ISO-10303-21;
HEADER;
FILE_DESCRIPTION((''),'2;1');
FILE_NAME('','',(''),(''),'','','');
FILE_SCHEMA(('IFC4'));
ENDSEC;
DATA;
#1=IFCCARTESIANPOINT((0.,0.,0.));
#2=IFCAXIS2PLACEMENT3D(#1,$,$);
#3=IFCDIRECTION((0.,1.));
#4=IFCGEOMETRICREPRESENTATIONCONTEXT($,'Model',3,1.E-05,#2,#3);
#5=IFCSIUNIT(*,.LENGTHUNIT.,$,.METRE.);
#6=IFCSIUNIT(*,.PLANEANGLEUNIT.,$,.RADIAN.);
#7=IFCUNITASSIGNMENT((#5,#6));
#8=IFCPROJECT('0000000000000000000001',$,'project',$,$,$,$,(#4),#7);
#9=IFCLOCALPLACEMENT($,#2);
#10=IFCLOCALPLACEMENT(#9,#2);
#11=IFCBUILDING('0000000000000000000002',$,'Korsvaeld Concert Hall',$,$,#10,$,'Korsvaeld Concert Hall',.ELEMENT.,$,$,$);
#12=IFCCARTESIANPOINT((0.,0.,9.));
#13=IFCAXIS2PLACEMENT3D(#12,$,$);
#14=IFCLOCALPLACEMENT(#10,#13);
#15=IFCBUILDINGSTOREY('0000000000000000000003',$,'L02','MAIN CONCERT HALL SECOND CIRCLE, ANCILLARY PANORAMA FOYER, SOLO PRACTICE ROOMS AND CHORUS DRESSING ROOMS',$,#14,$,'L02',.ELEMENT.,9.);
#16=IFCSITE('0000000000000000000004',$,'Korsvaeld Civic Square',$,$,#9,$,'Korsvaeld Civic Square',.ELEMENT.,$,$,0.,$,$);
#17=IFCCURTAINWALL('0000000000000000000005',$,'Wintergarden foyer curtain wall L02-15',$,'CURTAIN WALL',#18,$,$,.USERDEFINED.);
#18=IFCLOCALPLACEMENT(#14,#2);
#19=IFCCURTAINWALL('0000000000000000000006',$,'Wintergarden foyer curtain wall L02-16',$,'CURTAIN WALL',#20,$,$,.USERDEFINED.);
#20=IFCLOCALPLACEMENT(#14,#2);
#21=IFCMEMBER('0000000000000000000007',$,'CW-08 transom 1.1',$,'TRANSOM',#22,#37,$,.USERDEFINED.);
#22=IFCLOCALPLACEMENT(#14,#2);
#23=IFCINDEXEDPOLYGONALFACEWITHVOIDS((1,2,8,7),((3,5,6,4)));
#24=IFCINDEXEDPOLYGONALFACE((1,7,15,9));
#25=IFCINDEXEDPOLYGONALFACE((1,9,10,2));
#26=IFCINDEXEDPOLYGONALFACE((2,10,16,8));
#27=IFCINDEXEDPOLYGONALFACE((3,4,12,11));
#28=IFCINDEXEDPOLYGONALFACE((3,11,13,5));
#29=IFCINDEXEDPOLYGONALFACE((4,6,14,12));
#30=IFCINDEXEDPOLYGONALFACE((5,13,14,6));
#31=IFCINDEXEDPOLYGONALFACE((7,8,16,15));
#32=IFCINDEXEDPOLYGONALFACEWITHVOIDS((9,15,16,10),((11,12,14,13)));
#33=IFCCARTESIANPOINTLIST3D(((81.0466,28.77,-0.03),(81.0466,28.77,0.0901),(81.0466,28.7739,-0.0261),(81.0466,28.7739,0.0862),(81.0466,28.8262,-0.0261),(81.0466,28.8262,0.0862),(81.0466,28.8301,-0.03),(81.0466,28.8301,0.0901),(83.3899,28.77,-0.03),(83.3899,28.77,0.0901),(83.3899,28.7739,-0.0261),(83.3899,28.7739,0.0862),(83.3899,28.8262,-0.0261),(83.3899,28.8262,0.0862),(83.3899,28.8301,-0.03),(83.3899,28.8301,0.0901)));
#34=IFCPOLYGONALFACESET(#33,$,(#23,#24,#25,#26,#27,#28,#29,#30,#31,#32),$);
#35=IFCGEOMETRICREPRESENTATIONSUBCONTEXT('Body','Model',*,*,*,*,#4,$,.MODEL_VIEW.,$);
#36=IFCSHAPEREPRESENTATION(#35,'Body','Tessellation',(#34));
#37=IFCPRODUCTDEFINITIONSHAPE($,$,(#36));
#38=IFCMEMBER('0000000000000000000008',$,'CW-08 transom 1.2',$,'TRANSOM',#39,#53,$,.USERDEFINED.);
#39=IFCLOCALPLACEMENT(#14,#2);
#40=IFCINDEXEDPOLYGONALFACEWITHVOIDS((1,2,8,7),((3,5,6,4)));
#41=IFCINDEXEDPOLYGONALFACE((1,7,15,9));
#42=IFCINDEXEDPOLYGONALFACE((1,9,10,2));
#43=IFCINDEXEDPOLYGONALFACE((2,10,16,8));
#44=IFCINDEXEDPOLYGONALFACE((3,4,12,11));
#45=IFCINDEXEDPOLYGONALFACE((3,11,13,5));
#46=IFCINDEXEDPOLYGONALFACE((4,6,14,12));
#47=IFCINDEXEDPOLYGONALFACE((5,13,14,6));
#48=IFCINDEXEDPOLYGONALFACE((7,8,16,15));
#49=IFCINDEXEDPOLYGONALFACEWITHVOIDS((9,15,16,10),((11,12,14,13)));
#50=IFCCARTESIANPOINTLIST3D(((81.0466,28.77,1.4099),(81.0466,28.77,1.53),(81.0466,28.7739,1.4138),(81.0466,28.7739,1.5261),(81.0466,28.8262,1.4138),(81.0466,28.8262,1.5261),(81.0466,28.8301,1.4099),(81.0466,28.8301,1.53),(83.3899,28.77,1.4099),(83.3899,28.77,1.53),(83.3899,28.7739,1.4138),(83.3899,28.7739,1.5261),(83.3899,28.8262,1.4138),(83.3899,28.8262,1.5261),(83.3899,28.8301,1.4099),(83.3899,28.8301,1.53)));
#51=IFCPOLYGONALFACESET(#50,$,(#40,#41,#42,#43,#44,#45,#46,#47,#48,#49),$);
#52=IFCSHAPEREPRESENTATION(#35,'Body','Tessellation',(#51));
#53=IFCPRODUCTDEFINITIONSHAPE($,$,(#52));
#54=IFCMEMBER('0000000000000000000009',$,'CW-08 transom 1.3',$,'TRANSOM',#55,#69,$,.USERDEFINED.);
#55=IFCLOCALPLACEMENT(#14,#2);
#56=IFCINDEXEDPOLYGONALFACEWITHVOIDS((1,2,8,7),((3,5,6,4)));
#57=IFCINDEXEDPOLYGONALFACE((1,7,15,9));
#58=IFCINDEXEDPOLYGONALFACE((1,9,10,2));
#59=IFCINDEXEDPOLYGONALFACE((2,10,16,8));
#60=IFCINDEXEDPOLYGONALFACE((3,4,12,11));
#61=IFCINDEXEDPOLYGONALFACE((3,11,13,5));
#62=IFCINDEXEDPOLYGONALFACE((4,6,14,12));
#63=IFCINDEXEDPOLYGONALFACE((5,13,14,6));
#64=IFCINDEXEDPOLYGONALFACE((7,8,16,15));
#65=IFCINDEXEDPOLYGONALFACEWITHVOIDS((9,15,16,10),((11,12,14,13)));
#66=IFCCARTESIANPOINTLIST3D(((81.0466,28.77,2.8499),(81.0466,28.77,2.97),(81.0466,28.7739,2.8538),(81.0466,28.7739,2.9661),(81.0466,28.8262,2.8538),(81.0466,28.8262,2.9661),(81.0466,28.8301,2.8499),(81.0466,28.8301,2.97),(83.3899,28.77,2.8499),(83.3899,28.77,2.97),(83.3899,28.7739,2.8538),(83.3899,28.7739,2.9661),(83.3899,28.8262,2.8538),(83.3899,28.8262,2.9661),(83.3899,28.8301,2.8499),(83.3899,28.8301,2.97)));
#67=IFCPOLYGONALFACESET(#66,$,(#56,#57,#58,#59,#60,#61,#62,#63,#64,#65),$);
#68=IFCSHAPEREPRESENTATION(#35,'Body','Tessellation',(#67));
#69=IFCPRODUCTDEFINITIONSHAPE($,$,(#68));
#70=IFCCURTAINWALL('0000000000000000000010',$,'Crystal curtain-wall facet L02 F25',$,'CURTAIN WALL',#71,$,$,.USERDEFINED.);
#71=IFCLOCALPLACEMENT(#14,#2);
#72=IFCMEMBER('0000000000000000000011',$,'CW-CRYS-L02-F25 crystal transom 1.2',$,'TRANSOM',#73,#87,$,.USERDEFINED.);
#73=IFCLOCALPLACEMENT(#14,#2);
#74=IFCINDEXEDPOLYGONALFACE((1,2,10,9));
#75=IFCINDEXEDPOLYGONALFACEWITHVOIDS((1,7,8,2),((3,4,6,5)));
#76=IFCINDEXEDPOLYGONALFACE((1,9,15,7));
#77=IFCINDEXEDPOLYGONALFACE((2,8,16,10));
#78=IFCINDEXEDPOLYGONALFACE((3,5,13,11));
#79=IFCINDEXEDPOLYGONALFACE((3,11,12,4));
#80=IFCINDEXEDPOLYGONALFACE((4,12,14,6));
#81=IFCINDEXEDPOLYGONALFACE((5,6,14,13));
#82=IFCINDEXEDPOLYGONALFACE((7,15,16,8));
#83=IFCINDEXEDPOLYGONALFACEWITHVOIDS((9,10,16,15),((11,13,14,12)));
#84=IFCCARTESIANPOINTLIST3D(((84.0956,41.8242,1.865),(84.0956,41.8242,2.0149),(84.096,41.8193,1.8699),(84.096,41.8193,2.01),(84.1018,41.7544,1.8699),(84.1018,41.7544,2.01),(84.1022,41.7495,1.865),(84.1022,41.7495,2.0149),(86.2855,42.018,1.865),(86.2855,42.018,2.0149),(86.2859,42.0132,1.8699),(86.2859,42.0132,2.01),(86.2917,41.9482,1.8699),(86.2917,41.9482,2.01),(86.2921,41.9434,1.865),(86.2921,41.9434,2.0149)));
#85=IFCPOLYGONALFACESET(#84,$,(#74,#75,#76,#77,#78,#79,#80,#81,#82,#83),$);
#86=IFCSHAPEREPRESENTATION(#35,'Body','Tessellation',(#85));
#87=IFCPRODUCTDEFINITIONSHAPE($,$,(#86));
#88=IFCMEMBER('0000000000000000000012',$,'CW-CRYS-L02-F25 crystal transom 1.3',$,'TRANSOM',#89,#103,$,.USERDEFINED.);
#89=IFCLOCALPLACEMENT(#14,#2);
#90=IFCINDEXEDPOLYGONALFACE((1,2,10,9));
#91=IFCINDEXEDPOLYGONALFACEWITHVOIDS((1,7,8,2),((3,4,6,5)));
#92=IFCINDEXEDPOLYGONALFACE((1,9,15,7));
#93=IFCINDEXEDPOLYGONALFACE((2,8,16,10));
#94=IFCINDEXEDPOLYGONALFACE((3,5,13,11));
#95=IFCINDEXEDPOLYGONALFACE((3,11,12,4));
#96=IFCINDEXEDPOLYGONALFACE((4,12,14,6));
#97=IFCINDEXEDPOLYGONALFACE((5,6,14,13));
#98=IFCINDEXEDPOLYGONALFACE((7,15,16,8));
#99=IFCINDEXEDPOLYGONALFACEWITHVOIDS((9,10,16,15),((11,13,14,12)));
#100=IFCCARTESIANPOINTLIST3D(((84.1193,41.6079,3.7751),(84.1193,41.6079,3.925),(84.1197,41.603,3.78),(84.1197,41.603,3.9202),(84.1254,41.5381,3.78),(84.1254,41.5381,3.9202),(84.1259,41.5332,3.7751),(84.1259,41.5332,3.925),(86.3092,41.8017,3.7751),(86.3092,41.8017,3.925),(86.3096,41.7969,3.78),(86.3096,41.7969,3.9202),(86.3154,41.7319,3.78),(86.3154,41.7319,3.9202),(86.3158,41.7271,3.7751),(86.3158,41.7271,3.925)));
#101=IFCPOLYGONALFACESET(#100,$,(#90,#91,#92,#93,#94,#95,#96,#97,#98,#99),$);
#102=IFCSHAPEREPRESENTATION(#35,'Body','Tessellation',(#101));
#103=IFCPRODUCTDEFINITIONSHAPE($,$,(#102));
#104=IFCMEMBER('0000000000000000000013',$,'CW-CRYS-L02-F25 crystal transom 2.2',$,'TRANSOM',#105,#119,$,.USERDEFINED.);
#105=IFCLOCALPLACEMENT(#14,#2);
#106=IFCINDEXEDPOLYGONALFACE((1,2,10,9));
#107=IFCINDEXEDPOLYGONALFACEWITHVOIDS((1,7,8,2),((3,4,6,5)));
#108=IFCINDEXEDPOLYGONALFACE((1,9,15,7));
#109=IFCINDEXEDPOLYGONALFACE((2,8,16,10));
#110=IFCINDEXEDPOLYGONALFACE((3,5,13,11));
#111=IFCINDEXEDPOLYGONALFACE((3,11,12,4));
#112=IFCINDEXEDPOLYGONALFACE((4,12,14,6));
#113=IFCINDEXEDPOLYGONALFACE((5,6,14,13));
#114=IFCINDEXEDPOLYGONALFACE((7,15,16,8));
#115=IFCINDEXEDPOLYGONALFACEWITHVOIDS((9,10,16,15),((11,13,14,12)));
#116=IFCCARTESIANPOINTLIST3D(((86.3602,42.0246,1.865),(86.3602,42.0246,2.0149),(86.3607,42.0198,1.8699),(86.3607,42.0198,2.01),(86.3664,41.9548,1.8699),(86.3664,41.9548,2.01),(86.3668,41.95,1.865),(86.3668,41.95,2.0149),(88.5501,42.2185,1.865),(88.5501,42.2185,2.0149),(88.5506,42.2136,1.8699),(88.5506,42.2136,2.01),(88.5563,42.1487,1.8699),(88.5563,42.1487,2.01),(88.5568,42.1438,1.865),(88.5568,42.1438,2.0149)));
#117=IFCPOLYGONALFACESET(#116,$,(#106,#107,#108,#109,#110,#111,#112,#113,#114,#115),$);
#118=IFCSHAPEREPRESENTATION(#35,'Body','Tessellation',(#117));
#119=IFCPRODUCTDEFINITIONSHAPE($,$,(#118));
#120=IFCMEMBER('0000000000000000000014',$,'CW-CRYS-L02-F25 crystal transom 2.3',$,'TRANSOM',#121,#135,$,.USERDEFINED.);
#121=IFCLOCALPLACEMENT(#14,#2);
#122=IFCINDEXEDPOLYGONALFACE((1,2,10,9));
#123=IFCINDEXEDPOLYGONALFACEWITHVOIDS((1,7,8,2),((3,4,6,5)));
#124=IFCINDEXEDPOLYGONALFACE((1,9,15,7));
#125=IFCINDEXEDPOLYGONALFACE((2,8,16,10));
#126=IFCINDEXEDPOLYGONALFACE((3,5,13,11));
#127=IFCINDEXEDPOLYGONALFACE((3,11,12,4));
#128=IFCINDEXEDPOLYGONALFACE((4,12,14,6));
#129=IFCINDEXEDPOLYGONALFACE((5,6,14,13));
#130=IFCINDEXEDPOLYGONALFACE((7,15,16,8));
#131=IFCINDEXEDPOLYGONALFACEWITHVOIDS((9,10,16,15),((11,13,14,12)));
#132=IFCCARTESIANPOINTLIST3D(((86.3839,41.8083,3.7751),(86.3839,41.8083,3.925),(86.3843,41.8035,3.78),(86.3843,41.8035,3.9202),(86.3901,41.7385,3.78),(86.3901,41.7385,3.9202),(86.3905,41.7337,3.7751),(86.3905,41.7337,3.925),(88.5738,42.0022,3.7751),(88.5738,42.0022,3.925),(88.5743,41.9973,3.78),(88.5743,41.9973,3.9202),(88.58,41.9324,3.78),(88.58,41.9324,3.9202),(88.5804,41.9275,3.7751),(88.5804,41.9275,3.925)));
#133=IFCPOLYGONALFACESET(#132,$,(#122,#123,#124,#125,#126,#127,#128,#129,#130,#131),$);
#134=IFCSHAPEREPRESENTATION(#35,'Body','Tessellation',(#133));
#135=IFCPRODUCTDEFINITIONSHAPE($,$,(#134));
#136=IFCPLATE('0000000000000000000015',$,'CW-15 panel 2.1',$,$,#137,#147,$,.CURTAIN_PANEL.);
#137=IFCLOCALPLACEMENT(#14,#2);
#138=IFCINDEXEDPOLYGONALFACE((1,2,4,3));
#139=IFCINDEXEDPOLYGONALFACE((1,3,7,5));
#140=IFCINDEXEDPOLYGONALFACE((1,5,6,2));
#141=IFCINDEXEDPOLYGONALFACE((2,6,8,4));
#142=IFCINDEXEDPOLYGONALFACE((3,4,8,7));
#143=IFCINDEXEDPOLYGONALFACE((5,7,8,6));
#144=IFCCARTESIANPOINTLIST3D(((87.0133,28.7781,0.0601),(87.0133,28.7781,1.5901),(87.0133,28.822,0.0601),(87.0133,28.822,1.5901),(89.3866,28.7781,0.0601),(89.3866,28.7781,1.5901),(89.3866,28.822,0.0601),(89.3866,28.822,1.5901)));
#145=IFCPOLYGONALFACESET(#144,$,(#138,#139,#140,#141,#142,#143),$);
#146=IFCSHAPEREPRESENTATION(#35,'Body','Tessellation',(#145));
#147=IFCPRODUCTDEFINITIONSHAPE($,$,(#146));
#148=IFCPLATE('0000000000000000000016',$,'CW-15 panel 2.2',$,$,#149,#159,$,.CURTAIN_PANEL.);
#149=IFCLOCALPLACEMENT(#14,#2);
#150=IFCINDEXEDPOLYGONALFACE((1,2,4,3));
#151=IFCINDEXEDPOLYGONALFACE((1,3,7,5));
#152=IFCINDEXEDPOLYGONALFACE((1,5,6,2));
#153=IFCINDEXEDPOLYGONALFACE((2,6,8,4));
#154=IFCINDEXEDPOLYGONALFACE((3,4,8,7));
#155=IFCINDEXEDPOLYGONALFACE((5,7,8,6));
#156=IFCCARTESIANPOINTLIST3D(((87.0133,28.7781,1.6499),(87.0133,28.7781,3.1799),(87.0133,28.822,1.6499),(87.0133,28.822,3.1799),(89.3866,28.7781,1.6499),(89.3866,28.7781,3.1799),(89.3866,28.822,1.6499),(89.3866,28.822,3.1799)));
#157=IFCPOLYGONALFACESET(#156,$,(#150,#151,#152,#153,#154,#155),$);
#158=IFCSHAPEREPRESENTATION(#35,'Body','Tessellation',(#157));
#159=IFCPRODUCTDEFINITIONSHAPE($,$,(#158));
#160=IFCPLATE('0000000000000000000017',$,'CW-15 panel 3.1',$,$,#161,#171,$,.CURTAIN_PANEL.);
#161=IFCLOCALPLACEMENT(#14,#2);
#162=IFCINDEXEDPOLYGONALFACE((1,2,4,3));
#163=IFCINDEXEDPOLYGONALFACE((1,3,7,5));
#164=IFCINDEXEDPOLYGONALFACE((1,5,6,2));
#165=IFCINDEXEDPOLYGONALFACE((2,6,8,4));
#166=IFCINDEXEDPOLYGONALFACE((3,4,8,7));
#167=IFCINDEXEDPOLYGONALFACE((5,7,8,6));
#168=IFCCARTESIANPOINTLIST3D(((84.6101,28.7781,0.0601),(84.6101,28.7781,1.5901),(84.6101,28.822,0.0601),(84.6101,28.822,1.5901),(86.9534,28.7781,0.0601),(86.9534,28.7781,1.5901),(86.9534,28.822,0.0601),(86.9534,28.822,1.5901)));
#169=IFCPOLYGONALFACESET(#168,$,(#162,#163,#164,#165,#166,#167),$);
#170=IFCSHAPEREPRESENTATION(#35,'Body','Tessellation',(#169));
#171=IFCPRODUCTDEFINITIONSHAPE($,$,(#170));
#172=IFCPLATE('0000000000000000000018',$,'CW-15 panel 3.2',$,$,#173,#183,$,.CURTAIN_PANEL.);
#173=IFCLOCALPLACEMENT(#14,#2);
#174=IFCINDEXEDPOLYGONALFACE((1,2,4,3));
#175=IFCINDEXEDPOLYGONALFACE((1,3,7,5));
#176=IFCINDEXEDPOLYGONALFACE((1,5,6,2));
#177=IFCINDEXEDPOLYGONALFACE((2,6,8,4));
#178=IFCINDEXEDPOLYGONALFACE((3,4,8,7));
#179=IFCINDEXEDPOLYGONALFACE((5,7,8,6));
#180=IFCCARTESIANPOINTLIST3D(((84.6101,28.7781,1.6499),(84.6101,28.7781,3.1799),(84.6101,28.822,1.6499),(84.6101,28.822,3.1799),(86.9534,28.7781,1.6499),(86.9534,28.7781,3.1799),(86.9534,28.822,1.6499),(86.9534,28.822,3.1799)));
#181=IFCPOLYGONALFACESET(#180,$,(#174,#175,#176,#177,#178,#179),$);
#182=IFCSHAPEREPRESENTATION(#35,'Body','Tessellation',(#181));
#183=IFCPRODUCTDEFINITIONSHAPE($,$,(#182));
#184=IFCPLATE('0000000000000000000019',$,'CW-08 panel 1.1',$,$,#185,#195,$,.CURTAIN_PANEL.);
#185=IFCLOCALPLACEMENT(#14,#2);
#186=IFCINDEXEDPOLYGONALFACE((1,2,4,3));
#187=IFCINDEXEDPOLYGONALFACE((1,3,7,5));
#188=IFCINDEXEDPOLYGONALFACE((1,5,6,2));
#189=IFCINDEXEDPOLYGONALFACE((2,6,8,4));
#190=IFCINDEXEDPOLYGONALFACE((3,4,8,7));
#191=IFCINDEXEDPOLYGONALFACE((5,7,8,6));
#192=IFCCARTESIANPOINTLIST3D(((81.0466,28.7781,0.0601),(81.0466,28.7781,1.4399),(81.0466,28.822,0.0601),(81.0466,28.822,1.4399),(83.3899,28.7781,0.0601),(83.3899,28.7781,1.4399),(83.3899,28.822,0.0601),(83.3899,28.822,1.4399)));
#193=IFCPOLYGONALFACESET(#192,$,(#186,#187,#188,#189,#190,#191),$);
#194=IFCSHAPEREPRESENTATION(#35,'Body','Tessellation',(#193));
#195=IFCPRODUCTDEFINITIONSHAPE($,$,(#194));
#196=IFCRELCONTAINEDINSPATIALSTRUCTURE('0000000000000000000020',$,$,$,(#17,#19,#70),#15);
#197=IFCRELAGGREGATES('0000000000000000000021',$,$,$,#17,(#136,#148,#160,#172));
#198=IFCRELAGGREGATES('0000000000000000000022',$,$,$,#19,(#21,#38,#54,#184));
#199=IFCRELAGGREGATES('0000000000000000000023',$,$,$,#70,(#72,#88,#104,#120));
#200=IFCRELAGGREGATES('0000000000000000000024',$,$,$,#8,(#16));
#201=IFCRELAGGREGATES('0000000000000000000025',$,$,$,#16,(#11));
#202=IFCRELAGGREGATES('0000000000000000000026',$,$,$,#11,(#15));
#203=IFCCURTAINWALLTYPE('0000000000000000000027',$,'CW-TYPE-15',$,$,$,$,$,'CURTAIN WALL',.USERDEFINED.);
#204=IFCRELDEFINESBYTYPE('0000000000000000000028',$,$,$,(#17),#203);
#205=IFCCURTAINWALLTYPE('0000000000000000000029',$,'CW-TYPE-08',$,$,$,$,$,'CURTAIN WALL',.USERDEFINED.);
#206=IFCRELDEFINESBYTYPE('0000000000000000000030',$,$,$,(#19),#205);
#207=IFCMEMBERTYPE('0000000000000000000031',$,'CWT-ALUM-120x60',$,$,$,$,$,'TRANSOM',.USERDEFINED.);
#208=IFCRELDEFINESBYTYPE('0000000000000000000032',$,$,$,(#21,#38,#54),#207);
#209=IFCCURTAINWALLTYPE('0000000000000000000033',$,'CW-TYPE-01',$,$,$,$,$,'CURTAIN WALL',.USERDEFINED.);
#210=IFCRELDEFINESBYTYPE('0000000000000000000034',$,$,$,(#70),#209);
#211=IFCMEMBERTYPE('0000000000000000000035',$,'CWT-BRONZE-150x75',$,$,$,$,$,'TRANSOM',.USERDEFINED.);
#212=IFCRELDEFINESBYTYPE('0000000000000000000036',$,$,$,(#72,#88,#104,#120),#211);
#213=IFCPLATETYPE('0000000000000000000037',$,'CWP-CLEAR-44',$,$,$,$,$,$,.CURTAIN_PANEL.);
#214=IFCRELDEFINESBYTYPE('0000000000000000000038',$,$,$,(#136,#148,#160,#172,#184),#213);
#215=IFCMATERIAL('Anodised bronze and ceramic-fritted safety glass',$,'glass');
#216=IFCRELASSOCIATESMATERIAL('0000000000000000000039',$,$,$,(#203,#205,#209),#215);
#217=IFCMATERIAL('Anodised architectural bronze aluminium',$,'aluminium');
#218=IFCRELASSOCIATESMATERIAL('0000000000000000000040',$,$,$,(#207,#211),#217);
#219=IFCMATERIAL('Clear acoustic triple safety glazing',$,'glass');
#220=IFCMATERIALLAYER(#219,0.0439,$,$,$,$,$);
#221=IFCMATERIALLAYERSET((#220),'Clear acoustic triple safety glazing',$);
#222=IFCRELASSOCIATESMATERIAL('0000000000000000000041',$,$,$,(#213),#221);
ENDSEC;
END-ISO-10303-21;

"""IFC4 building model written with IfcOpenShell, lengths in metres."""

from ifc_helpers import new_model, si_unit, direction, frame, origin, origin_2d, place, context, subcontext, project, spatial, rectangle, hollow_rectangle, extrude, material, layer, layer_set, material_profile, profile_set, type_object, element, aggregate, save


model = new_model("IFC4")

# Units and contexts
model_context = context("Model", 3, precision=1e-05, world=origin(), true_north=direction((0.0, 1.0)))
body_context = subcontext(model_context, "Body", "Model", "MODEL_VIEW")
ifc_project = project(units=[si_unit("LENGTHUNIT", "METRE"), si_unit("PLANEANGLEUNIT", "RADIAN")], contexts=[model_context])

# Site, building, storey
site_placement = place(None, origin())
site = spatial("IfcSite", under=ifc_project, at=site_placement, Name="Korsvaeld Civic Square", LongName="Korsvaeld Civic Square", CompositionType="ELEMENT", RefElevation=0.0)
building_placement = place(site_placement, origin())
building = spatial("IfcBuilding", under=site, at=building_placement, Name="Korsvaeld Concert Hall", LongName="Korsvaeld Concert Hall", CompositionType="ELEMENT")
storey_placement = place(building_placement, frame((0.0, 0.0, 9.0)))
storey = spatial("IfcBuildingStorey", under=building, at=storey_placement, Name="L02", Description="MAIN CONCERT HALL SECOND CIRCLE, ANCILLARY PANORAMA FOYER, SOLO PRACTICE ROOMS AND CHORUS DRESSING ROOMS", LongName="L02", CompositionType="ELEMENT", Elevation=9.0)

# Curtain wall
ifc_material_1 = material(Name="Anodised bronze and ceramic-fritted safety glass", Category="glass")
curtain_wall_type_1 = type_object("IfcCurtainWallType", Name="CW-TYPE-15", ElementType="CURTAIN WALL", PredefinedType="USERDEFINED", material=ifc_material_1)
curtain_wall_1_placement = place(storey_placement, origin())
curtain_wall_1 = element("IfcCurtainWall", 1, at=curtain_wall_1_placement, inside=storey, type_object=curtain_wall_type_1, Name="Wintergarden foyer curtain wall L02-15", ObjectType="CURTAIN WALL", PredefinedType="USERDEFINED")
ifc_material_2 = material(Name="Anodised architectural bronze aluminium", Category="aluminium")

# Curtain wall
curtain_wall_type_2 = type_object("IfcCurtainWallType", Name="CW-TYPE-08", ElementType="CURTAIN WALL", PredefinedType="USERDEFINED", material=ifc_material_1)
curtain_wall_2_placement = place(storey_placement, origin())
curtain_wall_2 = element("IfcCurtainWall", 2, at=curtain_wall_2_placement, inside=storey, type_object=curtain_wall_type_2, Name="Wintergarden foyer curtain wall L02-16", ObjectType="CURTAIN WALL", PredefinedType="USERDEFINED")

# Members
ifc_material_profile_1 = material_profile(ifc_material_2, hollow_rectangle(XDim=0.0601, YDim=0.1201, WallThickness=0.0039, at=origin_2d()), Name="CWT 120x60x4")
ifc_profile_set_1 = profile_set([ifc_material_profile_1], Name="Anodised architectural bronze aluminium")
member_type_1 = type_object("IfcMemberType", Name="CWT-ALUM-120x60", ElementType="TRANSOM", PredefinedType="USERDEFINED", material=ifc_profile_set_1)
member_1_placement = place(storey_placement, frame((83.3899, 28.8, 0.03), z_axis=(-1.0, 0.0, 0.0), x_axis=(0.0, -1.0, 0.0)))
member_1 = element("IfcMember", 3, at=member_1_placement, type_object=member_type_1, Name="CW-08 transom 1.1", ObjectType="TRANSOM", PredefinedType="USERDEFINED", context=body_context, shape_type="SweptSolid", body=[
    extrude(hollow_rectangle(XDim=0.0601, YDim=0.1201, WallThickness=0.0039, at=origin_2d()), origin(), (0.0, 0.0, 1.0), 2.3433),
])
member_2_placement = place(storey_placement, frame((83.3899, 28.8, 1.47), z_axis=(-1.0, 0.0, 0.0), x_axis=(0.0, -1.0, 0.0)))
member_2 = element("IfcMember", 4, at=member_2_placement, type_object=member_type_1, Name="CW-08 transom 1.2", ObjectType="TRANSOM", PredefinedType="USERDEFINED", context=body_context, shape_type="SweptSolid", body=[
    extrude(hollow_rectangle(XDim=0.0601, YDim=0.1201, WallThickness=0.0039, at=origin_2d()), origin(), (0.0, 0.0, 1.0), 2.3433),
])
member_3_placement = place(storey_placement, frame((83.3899, 28.8, 2.9099), z_axis=(-1.0, 0.0, 0.0), x_axis=(0.0, -1.0, 0.0)))
member_3 = element("IfcMember", 5, at=member_3_placement, type_object=member_type_1, Name="CW-08 transom 1.3", ObjectType="TRANSOM", PredefinedType="USERDEFINED", context=body_context, shape_type="SweptSolid", body=[
    extrude(hollow_rectangle(XDim=0.0601, YDim=0.1201, WallThickness=0.0039, at=origin_2d()), origin(), (0.0, 0.0, 1.0), 2.3433),
])

# Curtain wall, members
curtain_wall_type_3 = type_object("IfcCurtainWallType", Name="CW-TYPE-01", ElementType="CURTAIN WALL", PredefinedType="USERDEFINED", material=ifc_material_1)
curtain_wall_3_placement = place(storey_placement, origin())
curtain_wall_3 = element("IfcCurtainWall", 6, at=curtain_wall_3_placement, inside=storey, type_object=curtain_wall_type_3, Name="Crystal curtain-wall facet L02 F25", ObjectType="CURTAIN WALL", PredefinedType="USERDEFINED")
ifc_material_profile_2 = material_profile(ifc_material_2, hollow_rectangle(XDim=0.075, YDim=0.1499, WallThickness=0.0049, at=origin_2d()), Name="CWT 150x75x5")
ifc_profile_set_2 = profile_set([ifc_material_profile_2], Name="Anodised architectural bronze aluminium")
member_type_2 = type_object("IfcMemberType", Name="CWT-BRONZE-150x75", ElementType="TRANSOM", PredefinedType="USERDEFINED", material=ifc_profile_set_2)
member_4_placement = place(storey_placement, frame((84.0989, 41.7869, 1.9399), z_axis=(0.996105, 0.088173, 0.0), x_axis=(-0.088173, 0.996105, 0.0)))
member_4 = element("IfcMember", 7, at=member_4_placement, type_object=member_type_2, Name="CW-CRYS-L02-F25 crystal transom 1.2", ObjectType="TRANSOM", PredefinedType="USERDEFINED", context=body_context, shape_type="SweptSolid", body=[
    extrude(hollow_rectangle(XDim=0.075, YDim=0.1499, WallThickness=0.0049, at=origin_2d()), origin(), (0.0, 0.0, 1.0), 2.1985),
])
member_5_placement = place(storey_placement, frame((84.1226, 41.5706, 3.8501), z_axis=(0.996105, 0.088173, 0.0), x_axis=(-0.088173, 0.996105, 0.0)))
member_5 = element("IfcMember", 8, at=member_5_placement, type_object=member_type_2, Name="CW-CRYS-L02-F25 crystal transom 1.3", ObjectType="TRANSOM", PredefinedType="USERDEFINED", context=body_context, shape_type="SweptSolid", body=[
    extrude(hollow_rectangle(XDim=0.075, YDim=0.1499, WallThickness=0.0049, at=origin_2d()), origin(), (0.0, 0.0, 1.0), 2.1985),
])
member_6_placement = place(storey_placement, frame((86.3635, 41.9873, 1.9399), z_axis=(0.996105, 0.088173, 0.0), x_axis=(-0.088173, 0.996105, 0.0)))
member_6 = element("IfcMember", 9, at=member_6_placement, type_object=member_type_2, Name="CW-CRYS-L02-F25 crystal transom 2.2", ObjectType="TRANSOM", PredefinedType="USERDEFINED", context=body_context, shape_type="SweptSolid", body=[
    extrude(hollow_rectangle(XDim=0.075, YDim=0.1499, WallThickness=0.0049, at=origin_2d()), origin(), (0.0, 0.0, 1.0), 2.1985),
])
member_7_placement = place(storey_placement, frame((86.3872, 41.771, 3.8501), z_axis=(0.996105, 0.088173, 0.0), x_axis=(-0.088173, 0.996105, 0.0)))
member_7 = element("IfcMember", 10, at=member_7_placement, type_object=member_type_2, Name="CW-CRYS-L02-F25 crystal transom 2.3", ObjectType="TRANSOM", PredefinedType="USERDEFINED", context=body_context, shape_type="SweptSolid", body=[
    extrude(hollow_rectangle(XDim=0.075, YDim=0.1499, WallThickness=0.0049, at=origin_2d()), origin(), (0.0, 0.0, 1.0), 2.1985),
])

# Plates
ifc_material_3 = material(Name="Clear acoustic triple safety glazing", Category="glass")
ifc_layer_1 = layer(ifc_material_3, 0.0439)
ifc_layer_set_1 = layer_set([ifc_layer_1], Name="Clear acoustic triple safety glazing")
plate_type_1 = type_object("IfcPlateType", Name="CWP-CLEAR-44", PredefinedType="CURTAIN_PANEL", material=ifc_layer_set_1)
plate_1_placement = place(storey_placement, frame((88.2, 28.8, 0.0601), z_axis=(0.0, 0.0, 1.0), x_axis=(-1.0, 0.0, 0.0)))
plate_1 = element("IfcPlate", 11, at=plate_1_placement, type_object=plate_type_1, Name="CW-15 panel 2.1", PredefinedType="CURTAIN_PANEL", context=body_context, shape_type="SweptSolid", body=[
    extrude(rectangle(XDim=2.3733, YDim=0.0439, at=origin_2d()), origin(), (0.0, 0.0, 1.0), 1.53),
])
plate_2_placement = place(storey_placement, frame((88.2, 28.8, 1.6499), z_axis=(0.0, 0.0, 1.0), x_axis=(-1.0, 0.0, 0.0)))
plate_2 = element("IfcPlate", 12, at=plate_2_placement, type_object=plate_type_1, Name="CW-15 panel 2.2", PredefinedType="CURTAIN_PANEL", context=body_context, shape_type="SweptSolid", body=[
    extrude(rectangle(XDim=2.3733, YDim=0.0439, at=origin_2d()), origin(), (0.0, 0.0, 1.0), 1.53),
])
plate_3_placement = place(storey_placement, frame((85.7817, 28.8, 0.0601), z_axis=(0.0, 0.0, 1.0), x_axis=(-1.0, 0.0, 0.0)))
plate_3 = element("IfcPlate", 13, at=plate_3_placement, type_object=plate_type_1, Name="CW-15 panel 3.1", PredefinedType="CURTAIN_PANEL", context=body_context, shape_type="SweptSolid", body=[
    extrude(rectangle(XDim=2.3433, YDim=0.0439, at=origin_2d()), origin(), (0.0, 0.0, 1.0), 1.53),
])
plate_4_placement = place(storey_placement, frame((85.7817, 28.8, 1.6499), z_axis=(0.0, 0.0, 1.0), x_axis=(-1.0, 0.0, 0.0)))
plate_4 = element("IfcPlate", 14, at=plate_4_placement, type_object=plate_type_1, Name="CW-15 panel 3.2", PredefinedType="CURTAIN_PANEL", context=body_context, shape_type="SweptSolid", body=[
    extrude(rectangle(XDim=2.3433, YDim=0.0439, at=origin_2d()), origin(), (0.0, 0.0, 1.0), 1.53),
])
aggregate(curtain_wall_1, [plate_1, plate_2, plate_3, plate_4])
plate_5_placement = place(storey_placement, frame((82.2183, 28.8, 0.0601), z_axis=(0.0, 0.0, 1.0), x_axis=(-1.0, 0.0, 0.0)))
plate_5 = element("IfcPlate", 15, at=plate_5_placement, type_object=plate_type_1, Name="CW-08 panel 1.1", PredefinedType="CURTAIN_PANEL", context=body_context, shape_type="SweptSolid", body=[
    extrude(rectangle(XDim=2.3433, YDim=0.0439, at=origin_2d()), origin(), (0.0, 0.0, 1.0), 1.3799),
])
aggregate(curtain_wall_2, [member_1, member_2, member_3, plate_5])
aggregate(curtain_wall_3, [member_4, member_5, member_6, member_7])

save(model, "model.ifc")
